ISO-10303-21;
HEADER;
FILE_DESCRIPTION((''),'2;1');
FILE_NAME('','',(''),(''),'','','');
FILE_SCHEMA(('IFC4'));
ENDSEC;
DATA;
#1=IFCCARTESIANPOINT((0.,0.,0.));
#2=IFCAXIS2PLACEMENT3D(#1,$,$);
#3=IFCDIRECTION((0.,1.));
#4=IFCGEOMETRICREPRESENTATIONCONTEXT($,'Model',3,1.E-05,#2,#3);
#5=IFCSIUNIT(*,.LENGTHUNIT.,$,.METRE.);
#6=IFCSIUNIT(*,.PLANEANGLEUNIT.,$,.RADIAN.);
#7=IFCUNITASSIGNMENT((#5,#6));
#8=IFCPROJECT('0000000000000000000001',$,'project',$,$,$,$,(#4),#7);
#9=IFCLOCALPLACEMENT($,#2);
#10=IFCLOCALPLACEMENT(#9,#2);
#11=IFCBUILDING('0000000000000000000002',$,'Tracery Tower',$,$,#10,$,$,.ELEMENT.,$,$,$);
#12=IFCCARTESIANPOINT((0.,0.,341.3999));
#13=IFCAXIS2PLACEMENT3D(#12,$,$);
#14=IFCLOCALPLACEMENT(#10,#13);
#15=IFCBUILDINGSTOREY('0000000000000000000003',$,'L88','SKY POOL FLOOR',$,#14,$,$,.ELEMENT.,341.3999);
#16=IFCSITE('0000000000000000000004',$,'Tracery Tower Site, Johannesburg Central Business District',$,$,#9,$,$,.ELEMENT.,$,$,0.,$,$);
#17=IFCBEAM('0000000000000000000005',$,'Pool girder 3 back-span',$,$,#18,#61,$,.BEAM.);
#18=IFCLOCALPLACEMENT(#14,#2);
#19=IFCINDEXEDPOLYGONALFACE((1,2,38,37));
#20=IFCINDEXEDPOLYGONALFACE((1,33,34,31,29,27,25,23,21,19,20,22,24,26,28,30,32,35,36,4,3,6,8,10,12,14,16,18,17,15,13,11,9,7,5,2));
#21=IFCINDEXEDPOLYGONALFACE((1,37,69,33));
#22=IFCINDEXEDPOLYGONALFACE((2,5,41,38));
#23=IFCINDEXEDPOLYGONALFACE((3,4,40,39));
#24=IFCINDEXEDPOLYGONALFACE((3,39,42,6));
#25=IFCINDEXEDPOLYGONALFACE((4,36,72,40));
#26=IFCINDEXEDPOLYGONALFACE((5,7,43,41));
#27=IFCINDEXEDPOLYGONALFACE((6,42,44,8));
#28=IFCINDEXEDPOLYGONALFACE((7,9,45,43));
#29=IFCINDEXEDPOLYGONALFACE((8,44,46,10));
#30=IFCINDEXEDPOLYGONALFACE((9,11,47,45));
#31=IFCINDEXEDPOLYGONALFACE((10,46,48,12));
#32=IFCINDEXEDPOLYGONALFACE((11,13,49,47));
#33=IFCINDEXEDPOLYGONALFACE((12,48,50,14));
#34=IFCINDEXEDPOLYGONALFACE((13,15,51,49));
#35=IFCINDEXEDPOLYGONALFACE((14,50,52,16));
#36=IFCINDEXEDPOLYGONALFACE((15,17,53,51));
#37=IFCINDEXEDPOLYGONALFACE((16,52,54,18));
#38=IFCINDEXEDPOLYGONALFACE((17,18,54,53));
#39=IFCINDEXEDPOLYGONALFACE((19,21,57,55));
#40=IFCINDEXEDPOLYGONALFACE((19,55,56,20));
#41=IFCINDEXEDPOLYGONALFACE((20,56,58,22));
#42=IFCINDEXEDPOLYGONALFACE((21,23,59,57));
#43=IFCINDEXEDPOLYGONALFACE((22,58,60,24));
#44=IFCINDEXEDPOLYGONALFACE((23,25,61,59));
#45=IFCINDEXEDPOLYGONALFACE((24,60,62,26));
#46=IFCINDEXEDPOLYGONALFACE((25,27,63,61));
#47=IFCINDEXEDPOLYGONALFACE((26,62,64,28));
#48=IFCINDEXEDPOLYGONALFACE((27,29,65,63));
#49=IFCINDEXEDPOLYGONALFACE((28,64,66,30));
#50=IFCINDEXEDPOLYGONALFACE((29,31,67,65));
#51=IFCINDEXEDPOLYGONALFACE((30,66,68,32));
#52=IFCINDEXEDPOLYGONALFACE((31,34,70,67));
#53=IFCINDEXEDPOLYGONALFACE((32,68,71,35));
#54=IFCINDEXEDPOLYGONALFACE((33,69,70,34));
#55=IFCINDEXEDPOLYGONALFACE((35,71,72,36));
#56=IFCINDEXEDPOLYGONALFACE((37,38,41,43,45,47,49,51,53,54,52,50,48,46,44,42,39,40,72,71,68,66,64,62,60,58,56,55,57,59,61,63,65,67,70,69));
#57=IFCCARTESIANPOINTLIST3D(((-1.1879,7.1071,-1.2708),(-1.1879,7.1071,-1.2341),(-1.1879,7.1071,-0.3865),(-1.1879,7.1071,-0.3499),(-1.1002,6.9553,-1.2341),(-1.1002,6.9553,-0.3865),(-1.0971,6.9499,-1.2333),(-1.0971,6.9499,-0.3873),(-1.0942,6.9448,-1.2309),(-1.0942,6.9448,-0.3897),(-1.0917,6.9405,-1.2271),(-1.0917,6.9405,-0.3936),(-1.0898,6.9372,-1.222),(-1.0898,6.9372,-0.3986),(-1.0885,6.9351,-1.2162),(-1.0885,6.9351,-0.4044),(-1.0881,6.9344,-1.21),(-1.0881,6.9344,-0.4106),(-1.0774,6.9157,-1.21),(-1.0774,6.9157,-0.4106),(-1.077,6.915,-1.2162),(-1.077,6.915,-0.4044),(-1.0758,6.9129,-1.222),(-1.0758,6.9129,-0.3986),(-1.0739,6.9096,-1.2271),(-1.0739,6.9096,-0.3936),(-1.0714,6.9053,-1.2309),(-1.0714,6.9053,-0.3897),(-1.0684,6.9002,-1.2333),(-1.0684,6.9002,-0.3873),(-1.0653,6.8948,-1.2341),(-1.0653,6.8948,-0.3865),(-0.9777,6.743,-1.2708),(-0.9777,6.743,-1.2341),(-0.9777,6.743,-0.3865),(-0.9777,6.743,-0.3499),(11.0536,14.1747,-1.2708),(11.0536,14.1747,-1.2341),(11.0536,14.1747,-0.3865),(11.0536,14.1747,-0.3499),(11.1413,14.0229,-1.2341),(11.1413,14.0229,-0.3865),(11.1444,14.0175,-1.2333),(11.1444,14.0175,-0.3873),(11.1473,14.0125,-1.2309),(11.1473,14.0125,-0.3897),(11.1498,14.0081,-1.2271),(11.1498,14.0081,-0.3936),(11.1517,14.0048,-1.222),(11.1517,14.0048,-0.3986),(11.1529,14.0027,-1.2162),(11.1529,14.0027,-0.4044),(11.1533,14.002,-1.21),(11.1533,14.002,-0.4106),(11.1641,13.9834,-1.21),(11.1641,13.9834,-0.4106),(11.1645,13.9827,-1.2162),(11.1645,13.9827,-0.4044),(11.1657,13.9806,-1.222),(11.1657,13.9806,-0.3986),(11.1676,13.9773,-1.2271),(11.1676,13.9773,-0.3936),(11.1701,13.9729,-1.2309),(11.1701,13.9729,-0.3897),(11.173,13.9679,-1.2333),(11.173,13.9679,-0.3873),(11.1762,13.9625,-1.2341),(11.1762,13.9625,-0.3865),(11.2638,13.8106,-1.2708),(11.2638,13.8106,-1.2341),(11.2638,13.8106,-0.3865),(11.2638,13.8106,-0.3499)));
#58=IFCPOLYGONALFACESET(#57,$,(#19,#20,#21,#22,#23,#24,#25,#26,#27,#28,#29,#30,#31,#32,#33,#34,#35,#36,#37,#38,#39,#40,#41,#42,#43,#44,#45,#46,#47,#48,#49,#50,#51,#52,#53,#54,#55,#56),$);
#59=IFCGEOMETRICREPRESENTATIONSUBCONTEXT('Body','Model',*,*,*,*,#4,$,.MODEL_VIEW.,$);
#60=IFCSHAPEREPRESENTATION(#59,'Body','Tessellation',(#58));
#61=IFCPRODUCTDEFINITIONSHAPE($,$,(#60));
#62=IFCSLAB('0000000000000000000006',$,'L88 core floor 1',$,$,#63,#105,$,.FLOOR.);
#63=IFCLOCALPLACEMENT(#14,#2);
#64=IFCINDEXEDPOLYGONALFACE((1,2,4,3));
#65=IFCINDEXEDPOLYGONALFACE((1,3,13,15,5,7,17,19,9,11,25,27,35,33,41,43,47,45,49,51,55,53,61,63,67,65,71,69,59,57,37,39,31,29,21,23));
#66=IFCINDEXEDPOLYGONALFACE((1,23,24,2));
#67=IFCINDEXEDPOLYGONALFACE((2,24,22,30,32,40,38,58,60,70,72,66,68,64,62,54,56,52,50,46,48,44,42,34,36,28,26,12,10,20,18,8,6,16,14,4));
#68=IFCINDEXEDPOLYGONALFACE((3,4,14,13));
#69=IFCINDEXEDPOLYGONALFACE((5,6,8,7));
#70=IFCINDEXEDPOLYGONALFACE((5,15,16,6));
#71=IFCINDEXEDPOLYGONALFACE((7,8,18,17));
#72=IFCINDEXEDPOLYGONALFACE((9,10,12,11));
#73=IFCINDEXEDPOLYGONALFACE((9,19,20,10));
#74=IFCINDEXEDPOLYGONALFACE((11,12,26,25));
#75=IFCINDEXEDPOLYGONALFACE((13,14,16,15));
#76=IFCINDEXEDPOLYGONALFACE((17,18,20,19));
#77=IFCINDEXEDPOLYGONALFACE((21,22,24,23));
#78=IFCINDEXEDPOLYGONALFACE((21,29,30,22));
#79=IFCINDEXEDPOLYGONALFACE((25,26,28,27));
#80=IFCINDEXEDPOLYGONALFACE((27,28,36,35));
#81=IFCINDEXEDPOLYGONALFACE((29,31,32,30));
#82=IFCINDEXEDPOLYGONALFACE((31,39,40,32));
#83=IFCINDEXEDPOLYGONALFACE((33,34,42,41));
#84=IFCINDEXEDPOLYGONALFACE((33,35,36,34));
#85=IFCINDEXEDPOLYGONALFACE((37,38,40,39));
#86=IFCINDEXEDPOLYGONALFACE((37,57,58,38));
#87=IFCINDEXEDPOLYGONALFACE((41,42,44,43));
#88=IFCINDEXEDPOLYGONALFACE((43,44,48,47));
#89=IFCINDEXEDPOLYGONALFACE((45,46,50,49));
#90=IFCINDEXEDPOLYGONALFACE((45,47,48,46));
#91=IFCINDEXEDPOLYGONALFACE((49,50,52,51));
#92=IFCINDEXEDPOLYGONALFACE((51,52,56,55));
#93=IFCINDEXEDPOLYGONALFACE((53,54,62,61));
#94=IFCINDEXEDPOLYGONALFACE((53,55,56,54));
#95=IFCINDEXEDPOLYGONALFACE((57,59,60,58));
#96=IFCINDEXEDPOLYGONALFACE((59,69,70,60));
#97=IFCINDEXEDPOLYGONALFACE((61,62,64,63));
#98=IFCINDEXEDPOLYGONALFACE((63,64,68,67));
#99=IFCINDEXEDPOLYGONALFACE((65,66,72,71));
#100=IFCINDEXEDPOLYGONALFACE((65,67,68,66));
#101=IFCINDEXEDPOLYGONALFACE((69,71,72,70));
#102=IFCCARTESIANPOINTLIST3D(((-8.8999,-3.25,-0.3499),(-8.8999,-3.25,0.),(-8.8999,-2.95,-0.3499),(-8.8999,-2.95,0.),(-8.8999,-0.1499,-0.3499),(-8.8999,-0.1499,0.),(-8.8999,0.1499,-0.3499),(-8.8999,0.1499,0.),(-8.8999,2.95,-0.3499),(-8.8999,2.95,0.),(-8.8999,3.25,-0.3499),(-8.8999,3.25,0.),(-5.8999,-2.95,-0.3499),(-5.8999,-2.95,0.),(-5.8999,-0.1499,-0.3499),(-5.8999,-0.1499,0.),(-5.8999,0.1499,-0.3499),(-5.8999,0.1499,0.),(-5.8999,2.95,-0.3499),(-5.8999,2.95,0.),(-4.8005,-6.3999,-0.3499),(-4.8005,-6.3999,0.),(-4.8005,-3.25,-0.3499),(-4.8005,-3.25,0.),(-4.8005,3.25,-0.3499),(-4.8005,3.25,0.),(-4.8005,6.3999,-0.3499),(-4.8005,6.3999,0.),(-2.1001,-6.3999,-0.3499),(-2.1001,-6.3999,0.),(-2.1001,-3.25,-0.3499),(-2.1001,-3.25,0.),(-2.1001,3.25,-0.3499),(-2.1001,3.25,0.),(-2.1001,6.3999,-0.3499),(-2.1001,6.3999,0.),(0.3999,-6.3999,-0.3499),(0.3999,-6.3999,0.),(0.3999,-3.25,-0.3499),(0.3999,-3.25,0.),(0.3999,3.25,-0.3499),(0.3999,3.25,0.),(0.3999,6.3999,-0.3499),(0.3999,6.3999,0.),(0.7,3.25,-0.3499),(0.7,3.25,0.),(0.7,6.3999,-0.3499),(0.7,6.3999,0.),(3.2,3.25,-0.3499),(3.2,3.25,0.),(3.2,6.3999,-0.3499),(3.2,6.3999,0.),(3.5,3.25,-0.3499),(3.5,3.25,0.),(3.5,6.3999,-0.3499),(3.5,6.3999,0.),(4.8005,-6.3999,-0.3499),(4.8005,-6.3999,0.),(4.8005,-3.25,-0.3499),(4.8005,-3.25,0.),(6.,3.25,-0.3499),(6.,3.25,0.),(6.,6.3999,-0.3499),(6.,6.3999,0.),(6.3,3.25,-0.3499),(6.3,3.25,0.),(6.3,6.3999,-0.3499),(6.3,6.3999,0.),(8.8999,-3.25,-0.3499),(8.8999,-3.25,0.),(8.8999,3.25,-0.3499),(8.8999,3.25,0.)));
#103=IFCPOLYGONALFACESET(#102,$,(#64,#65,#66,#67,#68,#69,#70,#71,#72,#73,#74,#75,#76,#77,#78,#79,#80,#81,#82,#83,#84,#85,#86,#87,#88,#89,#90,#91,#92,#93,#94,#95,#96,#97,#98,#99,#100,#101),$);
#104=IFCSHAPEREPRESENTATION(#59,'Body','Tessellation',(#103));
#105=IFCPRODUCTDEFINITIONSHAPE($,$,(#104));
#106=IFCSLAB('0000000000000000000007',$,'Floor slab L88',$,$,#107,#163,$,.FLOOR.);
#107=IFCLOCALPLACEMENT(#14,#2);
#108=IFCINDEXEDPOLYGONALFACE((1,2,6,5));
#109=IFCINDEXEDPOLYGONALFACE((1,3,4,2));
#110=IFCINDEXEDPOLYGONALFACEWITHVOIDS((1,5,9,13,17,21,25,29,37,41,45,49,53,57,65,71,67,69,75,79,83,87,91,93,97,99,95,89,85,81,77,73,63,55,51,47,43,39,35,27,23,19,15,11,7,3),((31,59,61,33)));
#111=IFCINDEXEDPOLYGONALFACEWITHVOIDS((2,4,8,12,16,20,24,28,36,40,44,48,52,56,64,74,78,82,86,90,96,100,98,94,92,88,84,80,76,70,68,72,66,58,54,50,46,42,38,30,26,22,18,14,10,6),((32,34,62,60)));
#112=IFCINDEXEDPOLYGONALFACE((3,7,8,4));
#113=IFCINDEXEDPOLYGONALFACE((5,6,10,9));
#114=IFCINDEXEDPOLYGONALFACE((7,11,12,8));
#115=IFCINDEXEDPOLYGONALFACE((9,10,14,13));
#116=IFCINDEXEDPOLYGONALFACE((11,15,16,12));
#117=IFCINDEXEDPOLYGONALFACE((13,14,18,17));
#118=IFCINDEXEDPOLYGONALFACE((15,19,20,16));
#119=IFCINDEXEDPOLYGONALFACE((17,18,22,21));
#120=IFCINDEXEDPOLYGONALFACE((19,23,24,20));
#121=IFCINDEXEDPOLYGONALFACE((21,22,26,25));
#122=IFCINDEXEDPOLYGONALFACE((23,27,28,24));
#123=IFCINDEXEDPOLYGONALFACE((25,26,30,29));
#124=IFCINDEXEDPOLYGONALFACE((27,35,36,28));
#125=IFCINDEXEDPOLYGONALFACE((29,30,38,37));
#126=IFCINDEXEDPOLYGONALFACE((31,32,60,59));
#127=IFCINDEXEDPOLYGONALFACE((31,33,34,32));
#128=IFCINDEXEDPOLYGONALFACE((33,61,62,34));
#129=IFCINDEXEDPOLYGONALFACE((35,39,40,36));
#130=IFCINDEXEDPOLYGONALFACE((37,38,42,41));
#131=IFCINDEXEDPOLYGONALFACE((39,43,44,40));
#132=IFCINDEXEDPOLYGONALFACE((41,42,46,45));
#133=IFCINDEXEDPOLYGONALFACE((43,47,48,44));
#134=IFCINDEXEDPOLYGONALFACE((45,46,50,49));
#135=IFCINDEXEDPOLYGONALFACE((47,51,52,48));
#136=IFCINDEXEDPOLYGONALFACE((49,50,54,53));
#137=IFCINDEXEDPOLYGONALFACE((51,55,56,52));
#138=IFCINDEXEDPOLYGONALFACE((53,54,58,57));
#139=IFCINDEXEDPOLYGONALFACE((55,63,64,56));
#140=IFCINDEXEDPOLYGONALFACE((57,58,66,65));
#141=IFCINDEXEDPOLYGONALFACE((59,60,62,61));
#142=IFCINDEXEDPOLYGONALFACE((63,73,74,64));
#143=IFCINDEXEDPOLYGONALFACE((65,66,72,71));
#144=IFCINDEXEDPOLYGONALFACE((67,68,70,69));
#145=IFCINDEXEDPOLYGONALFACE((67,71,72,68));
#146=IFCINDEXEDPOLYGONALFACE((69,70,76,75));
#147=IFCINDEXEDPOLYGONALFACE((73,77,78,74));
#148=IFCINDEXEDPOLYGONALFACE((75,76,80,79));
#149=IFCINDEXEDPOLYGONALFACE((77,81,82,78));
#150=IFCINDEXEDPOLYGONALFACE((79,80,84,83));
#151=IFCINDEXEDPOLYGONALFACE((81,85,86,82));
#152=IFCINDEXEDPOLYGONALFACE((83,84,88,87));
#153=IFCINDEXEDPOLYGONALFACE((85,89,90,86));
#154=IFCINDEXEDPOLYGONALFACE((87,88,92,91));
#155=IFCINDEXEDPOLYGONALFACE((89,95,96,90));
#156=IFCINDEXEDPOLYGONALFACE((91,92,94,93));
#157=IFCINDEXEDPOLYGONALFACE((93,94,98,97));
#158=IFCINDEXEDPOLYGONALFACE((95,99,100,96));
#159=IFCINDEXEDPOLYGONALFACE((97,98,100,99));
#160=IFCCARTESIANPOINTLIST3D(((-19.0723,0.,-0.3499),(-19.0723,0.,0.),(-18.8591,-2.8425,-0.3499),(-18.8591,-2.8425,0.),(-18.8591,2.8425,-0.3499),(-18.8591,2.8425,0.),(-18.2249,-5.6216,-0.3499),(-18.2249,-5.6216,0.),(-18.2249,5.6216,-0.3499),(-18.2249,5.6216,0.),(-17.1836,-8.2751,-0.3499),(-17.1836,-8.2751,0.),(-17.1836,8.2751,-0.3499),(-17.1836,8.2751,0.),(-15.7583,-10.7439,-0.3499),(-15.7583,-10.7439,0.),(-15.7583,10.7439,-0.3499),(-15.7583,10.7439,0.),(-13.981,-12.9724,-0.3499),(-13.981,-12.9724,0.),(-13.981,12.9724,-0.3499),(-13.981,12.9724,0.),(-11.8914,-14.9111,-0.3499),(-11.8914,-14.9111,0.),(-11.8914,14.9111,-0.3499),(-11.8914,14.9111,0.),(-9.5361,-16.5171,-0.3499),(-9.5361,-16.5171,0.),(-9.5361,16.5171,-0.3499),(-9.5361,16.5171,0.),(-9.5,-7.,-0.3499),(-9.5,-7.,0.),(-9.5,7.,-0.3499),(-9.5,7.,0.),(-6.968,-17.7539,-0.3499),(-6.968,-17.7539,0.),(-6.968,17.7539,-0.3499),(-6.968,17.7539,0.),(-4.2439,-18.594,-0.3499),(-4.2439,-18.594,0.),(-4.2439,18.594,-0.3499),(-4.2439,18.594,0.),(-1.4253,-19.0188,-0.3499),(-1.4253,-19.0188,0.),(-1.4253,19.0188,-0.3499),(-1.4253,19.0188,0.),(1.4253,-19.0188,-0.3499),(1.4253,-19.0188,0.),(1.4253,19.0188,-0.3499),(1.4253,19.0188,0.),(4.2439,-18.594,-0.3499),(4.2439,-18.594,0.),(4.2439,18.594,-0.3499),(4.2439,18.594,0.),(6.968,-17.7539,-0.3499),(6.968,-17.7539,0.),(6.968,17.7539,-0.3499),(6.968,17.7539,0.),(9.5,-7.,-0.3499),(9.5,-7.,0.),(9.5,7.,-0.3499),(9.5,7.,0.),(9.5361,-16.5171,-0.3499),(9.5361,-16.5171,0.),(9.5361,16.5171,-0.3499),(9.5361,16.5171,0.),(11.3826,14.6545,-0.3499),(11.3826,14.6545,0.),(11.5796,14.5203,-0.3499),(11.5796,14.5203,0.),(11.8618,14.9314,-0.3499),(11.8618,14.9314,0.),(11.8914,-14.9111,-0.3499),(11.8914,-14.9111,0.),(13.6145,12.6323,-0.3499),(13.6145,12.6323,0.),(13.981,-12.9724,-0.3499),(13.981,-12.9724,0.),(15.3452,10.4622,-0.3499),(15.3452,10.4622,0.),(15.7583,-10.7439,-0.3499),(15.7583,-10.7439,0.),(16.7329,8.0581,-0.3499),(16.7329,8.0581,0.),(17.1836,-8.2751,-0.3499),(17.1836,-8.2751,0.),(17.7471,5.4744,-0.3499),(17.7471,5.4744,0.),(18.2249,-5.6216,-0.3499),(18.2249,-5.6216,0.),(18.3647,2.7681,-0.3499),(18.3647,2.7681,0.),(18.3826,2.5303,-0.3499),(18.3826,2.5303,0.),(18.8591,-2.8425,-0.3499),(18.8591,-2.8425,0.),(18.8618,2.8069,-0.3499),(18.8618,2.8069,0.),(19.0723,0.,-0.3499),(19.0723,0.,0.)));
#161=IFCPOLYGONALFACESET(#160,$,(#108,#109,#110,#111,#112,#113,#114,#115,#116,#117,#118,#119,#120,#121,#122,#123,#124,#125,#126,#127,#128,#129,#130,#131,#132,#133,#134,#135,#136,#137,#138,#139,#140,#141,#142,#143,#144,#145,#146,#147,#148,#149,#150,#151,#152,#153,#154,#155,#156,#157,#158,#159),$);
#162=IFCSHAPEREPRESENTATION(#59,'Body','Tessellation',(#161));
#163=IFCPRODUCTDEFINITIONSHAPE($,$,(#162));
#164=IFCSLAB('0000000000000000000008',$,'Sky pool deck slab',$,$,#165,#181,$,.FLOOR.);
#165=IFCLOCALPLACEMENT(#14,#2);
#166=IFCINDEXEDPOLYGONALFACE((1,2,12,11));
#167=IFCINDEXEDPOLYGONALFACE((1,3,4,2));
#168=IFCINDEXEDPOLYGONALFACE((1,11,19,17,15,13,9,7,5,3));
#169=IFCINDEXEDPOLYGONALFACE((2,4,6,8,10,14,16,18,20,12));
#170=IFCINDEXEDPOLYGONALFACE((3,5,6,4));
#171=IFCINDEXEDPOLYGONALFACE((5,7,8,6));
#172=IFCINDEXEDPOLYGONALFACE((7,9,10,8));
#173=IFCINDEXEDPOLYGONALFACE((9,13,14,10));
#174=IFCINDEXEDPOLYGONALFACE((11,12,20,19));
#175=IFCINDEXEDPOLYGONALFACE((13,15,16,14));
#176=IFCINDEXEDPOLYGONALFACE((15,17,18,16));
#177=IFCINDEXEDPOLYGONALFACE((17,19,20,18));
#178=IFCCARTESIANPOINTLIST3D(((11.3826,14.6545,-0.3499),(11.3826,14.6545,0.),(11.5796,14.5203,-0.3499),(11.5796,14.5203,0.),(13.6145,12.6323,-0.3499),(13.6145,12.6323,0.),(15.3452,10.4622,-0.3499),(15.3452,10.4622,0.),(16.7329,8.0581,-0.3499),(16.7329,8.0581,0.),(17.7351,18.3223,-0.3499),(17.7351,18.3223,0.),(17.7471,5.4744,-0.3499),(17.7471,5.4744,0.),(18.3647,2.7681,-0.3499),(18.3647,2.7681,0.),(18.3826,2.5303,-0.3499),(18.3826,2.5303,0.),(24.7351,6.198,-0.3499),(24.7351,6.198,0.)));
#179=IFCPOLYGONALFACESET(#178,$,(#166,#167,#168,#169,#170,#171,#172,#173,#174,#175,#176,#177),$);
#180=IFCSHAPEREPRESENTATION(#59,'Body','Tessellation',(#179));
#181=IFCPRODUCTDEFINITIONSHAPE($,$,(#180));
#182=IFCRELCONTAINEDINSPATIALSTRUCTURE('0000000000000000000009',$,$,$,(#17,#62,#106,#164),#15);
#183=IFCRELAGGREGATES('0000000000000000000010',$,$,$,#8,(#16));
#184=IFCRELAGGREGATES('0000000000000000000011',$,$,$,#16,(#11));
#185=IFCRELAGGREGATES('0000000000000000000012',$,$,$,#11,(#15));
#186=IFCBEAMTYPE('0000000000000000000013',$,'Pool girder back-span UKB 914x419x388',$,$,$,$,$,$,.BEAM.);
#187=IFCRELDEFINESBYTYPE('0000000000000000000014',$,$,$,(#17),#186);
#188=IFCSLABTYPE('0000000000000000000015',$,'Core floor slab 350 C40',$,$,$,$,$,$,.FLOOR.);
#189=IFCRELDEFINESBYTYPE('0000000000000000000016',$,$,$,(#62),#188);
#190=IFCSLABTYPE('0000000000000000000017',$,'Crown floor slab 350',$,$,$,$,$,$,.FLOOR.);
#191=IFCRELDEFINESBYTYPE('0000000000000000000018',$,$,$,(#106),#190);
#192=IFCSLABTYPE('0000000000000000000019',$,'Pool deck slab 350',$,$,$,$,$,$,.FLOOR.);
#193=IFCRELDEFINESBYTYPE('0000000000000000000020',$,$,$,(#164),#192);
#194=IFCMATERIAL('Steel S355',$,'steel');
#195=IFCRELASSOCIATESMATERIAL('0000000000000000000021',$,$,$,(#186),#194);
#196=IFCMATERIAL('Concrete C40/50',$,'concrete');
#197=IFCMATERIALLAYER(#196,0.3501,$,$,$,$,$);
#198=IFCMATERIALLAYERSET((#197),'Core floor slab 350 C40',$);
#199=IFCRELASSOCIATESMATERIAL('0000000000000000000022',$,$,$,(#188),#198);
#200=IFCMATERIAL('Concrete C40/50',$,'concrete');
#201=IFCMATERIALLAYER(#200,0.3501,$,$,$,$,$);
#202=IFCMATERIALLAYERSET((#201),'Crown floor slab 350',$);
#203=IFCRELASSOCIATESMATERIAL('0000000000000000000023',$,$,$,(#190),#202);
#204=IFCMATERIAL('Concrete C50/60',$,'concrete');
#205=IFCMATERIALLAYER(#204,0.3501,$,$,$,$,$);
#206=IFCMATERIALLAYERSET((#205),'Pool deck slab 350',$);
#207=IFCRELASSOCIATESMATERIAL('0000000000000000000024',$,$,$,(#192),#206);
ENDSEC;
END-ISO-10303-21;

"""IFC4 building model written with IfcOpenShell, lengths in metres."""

from ifc_helpers import new_model, si_unit, direction, frame, origin, origin_2d, place, context, subcontext, project, spatial, polyline, i_section, outline, extrude, material, layer, layer_set, material_profile, profile_set, type_object, element, save


model = new_model("IFC4")

# Units and contexts
model_context = context("Model", 3, precision=1e-05, world=origin(), true_north=direction((0.0, 1.0)))
body_context = subcontext(model_context, "Body", "Model", "MODEL_VIEW")
ifc_project = project(units=[si_unit("LENGTHUNIT", "METRE"), si_unit("PLANEANGLEUNIT", "RADIAN")], contexts=[model_context])

# Site, building, storey
site_placement = place(None, origin())
site = spatial("IfcSite", under=ifc_project, at=site_placement, Name="Tracery Tower Site, Johannesburg Central Business District", CompositionType="ELEMENT", RefElevation=0.0)
building_placement = place(site_placement, origin())
building = spatial("IfcBuilding", under=site, at=building_placement, Name="Tracery Tower", CompositionType="ELEMENT")
storey_placement = place(building_placement, frame((0.0, 0.0, 341.3999)))
storey = spatial("IfcBuildingStorey", under=building, at=storey_placement, Name="L88", Description="SKY POOL FLOOR", CompositionType="ELEMENT", Elevation=341.3999)

# Beam
ifc_material_1 = material(Name="Steel S355", Category="steel")
ifc_material_profile = material_profile(ifc_material_1, i_section(OverallWidth=0.4204, OverallDepth=0.9209, WebThickness=0.0215, FlangeThickness=0.0366, FilletRadius=0.0242, at=origin_2d()), Name="UKB 914x419x388")
ifc_profile_set = profile_set([ifc_material_profile], Name="Steel S355")
beam_type = type_object("IfcBeamType", Name="Pool girder back-span UKB 914x419x388", PredefinedType="BEAM", material=ifc_profile_set)
beam_placement = place(storey_placement, frame((-1.0828, 6.925, -0.8103), z_axis=(0.866025, 0.500001, 0.0), x_axis=(-0.500001, 0.866025, 0.0)))
element("IfcBeam", 1, at=beam_placement, inside=storey, type_object=beam_type, Name="Pool girder 3 back-span", PredefinedType="BEAM", context=body_context, shape_type="SweptSolid", body=[
    extrude(i_section(OverallWidth=0.4204, OverallDepth=0.9209, WebThickness=0.0215, FlangeThickness=0.0366, FilletRadius=0.0242, at=origin_2d()), origin(), (0.0, 0.0, 1.0), 14.1353),
])

# Slabs
ifc_material_2 = material(Name="Concrete C40/50", Category="concrete")
ifc_layer_1 = layer(ifc_material_2, 0.3501)
ifc_layer_set_1 = layer_set([ifc_layer_1], Name="Core floor slab 350 C40")
slab_type_1 = type_object("IfcSlabType", Name="Core floor slab 350 C40", PredefinedType="FLOOR", material=ifc_layer_set_1)
slab_1_placement = place(storey_placement, frame((0.0, 0.0, -0.3499)))
element("IfcSlab", 2, at=slab_1_placement, inside=storey, type_object=slab_type_1, Name="L88 core floor 1", PredefinedType="FLOOR", context=body_context, shape_type="SweptSolid", body=[
    extrude(outline(polyline([(-4.8005, -3.25), (-8.8999, -3.25), (-8.8999, -2.95), (-5.8999, -2.95), (-5.8999, -0.1499), (-8.8999, -0.1499), (-8.8999, 0.1499), (-5.8999, 0.1499), (-5.8999, 2.95), (-8.8999, 2.95), (-8.8999, 3.25), (-4.8005, 3.25), (-4.8005, 6.3999), (-2.1001, 6.3999), (-2.1001, 3.25), (0.3999, 3.25), (0.3999, 6.3999), (0.7, 6.3999), (0.7, 3.25), (3.2, 3.25), (3.2, 6.3999), (3.5, 6.3999), (3.5, 3.25), (6.0, 3.25), (6.0, 6.3999), (6.3, 6.3999), (6.3, 3.25), (8.8999, 3.25), (8.8999, -3.25), (4.8005, -3.25), (4.8005, -6.3999), (0.3999, -6.3999), (0.3999, -3.25), (-2.1001, -3.25), (-2.1001, -6.3999), (-4.8005, -6.3999), (-4.8005, -3.25)])), origin(), (0.0, 0.0, 1.0), 0.3499),
])
ifc_material_3 = material(Name="Concrete C40/50", Category="concrete")
ifc_layer_2 = layer(ifc_material_3, 0.3501)
ifc_layer_set_2 = layer_set([ifc_layer_2], Name="Crown floor slab 350")
slab_type_2 = type_object("IfcSlabType", Name="Crown floor slab 350", PredefinedType="FLOOR", material=ifc_layer_set_2)
slab_2_placement = place(storey_placement, frame((0.0, 0.0, -0.3499)))
element("IfcSlab", 3, at=slab_2_placement, inside=storey, type_object=slab_type_2, Name="Floor slab L88", PredefinedType="FLOOR", context=body_context, shape_type="SweptSolid", body=[
    extrude(outline(polyline([(11.5796, 14.5203), (11.3826, 14.6545), (11.8618, 14.9314), (9.5361, 16.5171), (6.968, 17.7539), (4.2439, 18.594), (1.4253, 19.0188), (-1.4253, 19.0188), (-4.2439, 18.594), (-6.968, 17.7539), (-9.5361, 16.5171), (-11.8914, 14.9111), (-13.981, 12.9724), (-15.7583, 10.7439), (-17.1836, 8.2751), (-18.2249, 5.6216), (-18.8591, 2.8425), (-19.0723, 0.0), (-18.8591, -2.8425), (-18.2249, -5.6216), (-17.1836, -8.2751), (-15.7583, -10.7439), (-13.981, -12.9724), (-11.8914, -14.9111), (-9.5361, -16.5171), (-6.968, -17.7539), (-4.2439, -18.594), (-1.4253, -19.0188), (1.4253, -19.0188), (4.2439, -18.594), (6.968, -17.7539), (9.5361, -16.5171), (11.8914, -14.9111), (13.981, -12.9724), (15.7583, -10.7439), (17.1836, -8.2751), (18.2249, -5.6216), (18.8591, -2.8425), (19.0723, 0.0), (18.8618, 2.8069), (18.3826, 2.5303), (18.3647, 2.7681), (17.7471, 5.4744), (16.7329, 8.0581), (15.3452, 10.4622), (13.6145, 12.6323), (11.5796, 14.5203)]), holes=[polyline([(-9.5, -7.0), (9.5, -7.0), (9.5, 7.0), (-9.5, 7.0), (-9.5, -7.0)])]), origin(), (0.0, 0.0, 1.0), 0.3499),
])
ifc_material_4 = material(Name="Concrete C50/60", Category="concrete")
ifc_layer_3 = layer(ifc_material_4, 0.3501)
ifc_layer_set_3 = layer_set([ifc_layer_3], Name="Pool deck slab 350")
slab_type_3 = type_object("IfcSlabType", Name="Pool deck slab 350", PredefinedType="FLOOR", material=ifc_layer_set_3)
slab_3_placement = place(storey_placement, frame((0.0, 0.0, -0.3499)))
element("IfcSlab", 4, at=slab_3_placement, inside=storey, type_object=slab_type_3, Name="Sky pool deck slab", PredefinedType="FLOOR", context=body_context, shape_type="SweptSolid", body=[
    extrude(outline(polyline([(17.7351, 18.3223), (24.7351, 6.198), (18.3826, 2.5303), (18.3647, 2.7681), (17.7471, 5.4744), (16.7329, 8.0581), (15.3452, 10.4622), (13.6145, 12.6323), (11.5796, 14.5203), (11.3826, 14.6545), (17.7351, 18.3223)])), origin(), (0.0, 0.0, 1.0), 0.3499),
])

save(model, "model.ifc")
